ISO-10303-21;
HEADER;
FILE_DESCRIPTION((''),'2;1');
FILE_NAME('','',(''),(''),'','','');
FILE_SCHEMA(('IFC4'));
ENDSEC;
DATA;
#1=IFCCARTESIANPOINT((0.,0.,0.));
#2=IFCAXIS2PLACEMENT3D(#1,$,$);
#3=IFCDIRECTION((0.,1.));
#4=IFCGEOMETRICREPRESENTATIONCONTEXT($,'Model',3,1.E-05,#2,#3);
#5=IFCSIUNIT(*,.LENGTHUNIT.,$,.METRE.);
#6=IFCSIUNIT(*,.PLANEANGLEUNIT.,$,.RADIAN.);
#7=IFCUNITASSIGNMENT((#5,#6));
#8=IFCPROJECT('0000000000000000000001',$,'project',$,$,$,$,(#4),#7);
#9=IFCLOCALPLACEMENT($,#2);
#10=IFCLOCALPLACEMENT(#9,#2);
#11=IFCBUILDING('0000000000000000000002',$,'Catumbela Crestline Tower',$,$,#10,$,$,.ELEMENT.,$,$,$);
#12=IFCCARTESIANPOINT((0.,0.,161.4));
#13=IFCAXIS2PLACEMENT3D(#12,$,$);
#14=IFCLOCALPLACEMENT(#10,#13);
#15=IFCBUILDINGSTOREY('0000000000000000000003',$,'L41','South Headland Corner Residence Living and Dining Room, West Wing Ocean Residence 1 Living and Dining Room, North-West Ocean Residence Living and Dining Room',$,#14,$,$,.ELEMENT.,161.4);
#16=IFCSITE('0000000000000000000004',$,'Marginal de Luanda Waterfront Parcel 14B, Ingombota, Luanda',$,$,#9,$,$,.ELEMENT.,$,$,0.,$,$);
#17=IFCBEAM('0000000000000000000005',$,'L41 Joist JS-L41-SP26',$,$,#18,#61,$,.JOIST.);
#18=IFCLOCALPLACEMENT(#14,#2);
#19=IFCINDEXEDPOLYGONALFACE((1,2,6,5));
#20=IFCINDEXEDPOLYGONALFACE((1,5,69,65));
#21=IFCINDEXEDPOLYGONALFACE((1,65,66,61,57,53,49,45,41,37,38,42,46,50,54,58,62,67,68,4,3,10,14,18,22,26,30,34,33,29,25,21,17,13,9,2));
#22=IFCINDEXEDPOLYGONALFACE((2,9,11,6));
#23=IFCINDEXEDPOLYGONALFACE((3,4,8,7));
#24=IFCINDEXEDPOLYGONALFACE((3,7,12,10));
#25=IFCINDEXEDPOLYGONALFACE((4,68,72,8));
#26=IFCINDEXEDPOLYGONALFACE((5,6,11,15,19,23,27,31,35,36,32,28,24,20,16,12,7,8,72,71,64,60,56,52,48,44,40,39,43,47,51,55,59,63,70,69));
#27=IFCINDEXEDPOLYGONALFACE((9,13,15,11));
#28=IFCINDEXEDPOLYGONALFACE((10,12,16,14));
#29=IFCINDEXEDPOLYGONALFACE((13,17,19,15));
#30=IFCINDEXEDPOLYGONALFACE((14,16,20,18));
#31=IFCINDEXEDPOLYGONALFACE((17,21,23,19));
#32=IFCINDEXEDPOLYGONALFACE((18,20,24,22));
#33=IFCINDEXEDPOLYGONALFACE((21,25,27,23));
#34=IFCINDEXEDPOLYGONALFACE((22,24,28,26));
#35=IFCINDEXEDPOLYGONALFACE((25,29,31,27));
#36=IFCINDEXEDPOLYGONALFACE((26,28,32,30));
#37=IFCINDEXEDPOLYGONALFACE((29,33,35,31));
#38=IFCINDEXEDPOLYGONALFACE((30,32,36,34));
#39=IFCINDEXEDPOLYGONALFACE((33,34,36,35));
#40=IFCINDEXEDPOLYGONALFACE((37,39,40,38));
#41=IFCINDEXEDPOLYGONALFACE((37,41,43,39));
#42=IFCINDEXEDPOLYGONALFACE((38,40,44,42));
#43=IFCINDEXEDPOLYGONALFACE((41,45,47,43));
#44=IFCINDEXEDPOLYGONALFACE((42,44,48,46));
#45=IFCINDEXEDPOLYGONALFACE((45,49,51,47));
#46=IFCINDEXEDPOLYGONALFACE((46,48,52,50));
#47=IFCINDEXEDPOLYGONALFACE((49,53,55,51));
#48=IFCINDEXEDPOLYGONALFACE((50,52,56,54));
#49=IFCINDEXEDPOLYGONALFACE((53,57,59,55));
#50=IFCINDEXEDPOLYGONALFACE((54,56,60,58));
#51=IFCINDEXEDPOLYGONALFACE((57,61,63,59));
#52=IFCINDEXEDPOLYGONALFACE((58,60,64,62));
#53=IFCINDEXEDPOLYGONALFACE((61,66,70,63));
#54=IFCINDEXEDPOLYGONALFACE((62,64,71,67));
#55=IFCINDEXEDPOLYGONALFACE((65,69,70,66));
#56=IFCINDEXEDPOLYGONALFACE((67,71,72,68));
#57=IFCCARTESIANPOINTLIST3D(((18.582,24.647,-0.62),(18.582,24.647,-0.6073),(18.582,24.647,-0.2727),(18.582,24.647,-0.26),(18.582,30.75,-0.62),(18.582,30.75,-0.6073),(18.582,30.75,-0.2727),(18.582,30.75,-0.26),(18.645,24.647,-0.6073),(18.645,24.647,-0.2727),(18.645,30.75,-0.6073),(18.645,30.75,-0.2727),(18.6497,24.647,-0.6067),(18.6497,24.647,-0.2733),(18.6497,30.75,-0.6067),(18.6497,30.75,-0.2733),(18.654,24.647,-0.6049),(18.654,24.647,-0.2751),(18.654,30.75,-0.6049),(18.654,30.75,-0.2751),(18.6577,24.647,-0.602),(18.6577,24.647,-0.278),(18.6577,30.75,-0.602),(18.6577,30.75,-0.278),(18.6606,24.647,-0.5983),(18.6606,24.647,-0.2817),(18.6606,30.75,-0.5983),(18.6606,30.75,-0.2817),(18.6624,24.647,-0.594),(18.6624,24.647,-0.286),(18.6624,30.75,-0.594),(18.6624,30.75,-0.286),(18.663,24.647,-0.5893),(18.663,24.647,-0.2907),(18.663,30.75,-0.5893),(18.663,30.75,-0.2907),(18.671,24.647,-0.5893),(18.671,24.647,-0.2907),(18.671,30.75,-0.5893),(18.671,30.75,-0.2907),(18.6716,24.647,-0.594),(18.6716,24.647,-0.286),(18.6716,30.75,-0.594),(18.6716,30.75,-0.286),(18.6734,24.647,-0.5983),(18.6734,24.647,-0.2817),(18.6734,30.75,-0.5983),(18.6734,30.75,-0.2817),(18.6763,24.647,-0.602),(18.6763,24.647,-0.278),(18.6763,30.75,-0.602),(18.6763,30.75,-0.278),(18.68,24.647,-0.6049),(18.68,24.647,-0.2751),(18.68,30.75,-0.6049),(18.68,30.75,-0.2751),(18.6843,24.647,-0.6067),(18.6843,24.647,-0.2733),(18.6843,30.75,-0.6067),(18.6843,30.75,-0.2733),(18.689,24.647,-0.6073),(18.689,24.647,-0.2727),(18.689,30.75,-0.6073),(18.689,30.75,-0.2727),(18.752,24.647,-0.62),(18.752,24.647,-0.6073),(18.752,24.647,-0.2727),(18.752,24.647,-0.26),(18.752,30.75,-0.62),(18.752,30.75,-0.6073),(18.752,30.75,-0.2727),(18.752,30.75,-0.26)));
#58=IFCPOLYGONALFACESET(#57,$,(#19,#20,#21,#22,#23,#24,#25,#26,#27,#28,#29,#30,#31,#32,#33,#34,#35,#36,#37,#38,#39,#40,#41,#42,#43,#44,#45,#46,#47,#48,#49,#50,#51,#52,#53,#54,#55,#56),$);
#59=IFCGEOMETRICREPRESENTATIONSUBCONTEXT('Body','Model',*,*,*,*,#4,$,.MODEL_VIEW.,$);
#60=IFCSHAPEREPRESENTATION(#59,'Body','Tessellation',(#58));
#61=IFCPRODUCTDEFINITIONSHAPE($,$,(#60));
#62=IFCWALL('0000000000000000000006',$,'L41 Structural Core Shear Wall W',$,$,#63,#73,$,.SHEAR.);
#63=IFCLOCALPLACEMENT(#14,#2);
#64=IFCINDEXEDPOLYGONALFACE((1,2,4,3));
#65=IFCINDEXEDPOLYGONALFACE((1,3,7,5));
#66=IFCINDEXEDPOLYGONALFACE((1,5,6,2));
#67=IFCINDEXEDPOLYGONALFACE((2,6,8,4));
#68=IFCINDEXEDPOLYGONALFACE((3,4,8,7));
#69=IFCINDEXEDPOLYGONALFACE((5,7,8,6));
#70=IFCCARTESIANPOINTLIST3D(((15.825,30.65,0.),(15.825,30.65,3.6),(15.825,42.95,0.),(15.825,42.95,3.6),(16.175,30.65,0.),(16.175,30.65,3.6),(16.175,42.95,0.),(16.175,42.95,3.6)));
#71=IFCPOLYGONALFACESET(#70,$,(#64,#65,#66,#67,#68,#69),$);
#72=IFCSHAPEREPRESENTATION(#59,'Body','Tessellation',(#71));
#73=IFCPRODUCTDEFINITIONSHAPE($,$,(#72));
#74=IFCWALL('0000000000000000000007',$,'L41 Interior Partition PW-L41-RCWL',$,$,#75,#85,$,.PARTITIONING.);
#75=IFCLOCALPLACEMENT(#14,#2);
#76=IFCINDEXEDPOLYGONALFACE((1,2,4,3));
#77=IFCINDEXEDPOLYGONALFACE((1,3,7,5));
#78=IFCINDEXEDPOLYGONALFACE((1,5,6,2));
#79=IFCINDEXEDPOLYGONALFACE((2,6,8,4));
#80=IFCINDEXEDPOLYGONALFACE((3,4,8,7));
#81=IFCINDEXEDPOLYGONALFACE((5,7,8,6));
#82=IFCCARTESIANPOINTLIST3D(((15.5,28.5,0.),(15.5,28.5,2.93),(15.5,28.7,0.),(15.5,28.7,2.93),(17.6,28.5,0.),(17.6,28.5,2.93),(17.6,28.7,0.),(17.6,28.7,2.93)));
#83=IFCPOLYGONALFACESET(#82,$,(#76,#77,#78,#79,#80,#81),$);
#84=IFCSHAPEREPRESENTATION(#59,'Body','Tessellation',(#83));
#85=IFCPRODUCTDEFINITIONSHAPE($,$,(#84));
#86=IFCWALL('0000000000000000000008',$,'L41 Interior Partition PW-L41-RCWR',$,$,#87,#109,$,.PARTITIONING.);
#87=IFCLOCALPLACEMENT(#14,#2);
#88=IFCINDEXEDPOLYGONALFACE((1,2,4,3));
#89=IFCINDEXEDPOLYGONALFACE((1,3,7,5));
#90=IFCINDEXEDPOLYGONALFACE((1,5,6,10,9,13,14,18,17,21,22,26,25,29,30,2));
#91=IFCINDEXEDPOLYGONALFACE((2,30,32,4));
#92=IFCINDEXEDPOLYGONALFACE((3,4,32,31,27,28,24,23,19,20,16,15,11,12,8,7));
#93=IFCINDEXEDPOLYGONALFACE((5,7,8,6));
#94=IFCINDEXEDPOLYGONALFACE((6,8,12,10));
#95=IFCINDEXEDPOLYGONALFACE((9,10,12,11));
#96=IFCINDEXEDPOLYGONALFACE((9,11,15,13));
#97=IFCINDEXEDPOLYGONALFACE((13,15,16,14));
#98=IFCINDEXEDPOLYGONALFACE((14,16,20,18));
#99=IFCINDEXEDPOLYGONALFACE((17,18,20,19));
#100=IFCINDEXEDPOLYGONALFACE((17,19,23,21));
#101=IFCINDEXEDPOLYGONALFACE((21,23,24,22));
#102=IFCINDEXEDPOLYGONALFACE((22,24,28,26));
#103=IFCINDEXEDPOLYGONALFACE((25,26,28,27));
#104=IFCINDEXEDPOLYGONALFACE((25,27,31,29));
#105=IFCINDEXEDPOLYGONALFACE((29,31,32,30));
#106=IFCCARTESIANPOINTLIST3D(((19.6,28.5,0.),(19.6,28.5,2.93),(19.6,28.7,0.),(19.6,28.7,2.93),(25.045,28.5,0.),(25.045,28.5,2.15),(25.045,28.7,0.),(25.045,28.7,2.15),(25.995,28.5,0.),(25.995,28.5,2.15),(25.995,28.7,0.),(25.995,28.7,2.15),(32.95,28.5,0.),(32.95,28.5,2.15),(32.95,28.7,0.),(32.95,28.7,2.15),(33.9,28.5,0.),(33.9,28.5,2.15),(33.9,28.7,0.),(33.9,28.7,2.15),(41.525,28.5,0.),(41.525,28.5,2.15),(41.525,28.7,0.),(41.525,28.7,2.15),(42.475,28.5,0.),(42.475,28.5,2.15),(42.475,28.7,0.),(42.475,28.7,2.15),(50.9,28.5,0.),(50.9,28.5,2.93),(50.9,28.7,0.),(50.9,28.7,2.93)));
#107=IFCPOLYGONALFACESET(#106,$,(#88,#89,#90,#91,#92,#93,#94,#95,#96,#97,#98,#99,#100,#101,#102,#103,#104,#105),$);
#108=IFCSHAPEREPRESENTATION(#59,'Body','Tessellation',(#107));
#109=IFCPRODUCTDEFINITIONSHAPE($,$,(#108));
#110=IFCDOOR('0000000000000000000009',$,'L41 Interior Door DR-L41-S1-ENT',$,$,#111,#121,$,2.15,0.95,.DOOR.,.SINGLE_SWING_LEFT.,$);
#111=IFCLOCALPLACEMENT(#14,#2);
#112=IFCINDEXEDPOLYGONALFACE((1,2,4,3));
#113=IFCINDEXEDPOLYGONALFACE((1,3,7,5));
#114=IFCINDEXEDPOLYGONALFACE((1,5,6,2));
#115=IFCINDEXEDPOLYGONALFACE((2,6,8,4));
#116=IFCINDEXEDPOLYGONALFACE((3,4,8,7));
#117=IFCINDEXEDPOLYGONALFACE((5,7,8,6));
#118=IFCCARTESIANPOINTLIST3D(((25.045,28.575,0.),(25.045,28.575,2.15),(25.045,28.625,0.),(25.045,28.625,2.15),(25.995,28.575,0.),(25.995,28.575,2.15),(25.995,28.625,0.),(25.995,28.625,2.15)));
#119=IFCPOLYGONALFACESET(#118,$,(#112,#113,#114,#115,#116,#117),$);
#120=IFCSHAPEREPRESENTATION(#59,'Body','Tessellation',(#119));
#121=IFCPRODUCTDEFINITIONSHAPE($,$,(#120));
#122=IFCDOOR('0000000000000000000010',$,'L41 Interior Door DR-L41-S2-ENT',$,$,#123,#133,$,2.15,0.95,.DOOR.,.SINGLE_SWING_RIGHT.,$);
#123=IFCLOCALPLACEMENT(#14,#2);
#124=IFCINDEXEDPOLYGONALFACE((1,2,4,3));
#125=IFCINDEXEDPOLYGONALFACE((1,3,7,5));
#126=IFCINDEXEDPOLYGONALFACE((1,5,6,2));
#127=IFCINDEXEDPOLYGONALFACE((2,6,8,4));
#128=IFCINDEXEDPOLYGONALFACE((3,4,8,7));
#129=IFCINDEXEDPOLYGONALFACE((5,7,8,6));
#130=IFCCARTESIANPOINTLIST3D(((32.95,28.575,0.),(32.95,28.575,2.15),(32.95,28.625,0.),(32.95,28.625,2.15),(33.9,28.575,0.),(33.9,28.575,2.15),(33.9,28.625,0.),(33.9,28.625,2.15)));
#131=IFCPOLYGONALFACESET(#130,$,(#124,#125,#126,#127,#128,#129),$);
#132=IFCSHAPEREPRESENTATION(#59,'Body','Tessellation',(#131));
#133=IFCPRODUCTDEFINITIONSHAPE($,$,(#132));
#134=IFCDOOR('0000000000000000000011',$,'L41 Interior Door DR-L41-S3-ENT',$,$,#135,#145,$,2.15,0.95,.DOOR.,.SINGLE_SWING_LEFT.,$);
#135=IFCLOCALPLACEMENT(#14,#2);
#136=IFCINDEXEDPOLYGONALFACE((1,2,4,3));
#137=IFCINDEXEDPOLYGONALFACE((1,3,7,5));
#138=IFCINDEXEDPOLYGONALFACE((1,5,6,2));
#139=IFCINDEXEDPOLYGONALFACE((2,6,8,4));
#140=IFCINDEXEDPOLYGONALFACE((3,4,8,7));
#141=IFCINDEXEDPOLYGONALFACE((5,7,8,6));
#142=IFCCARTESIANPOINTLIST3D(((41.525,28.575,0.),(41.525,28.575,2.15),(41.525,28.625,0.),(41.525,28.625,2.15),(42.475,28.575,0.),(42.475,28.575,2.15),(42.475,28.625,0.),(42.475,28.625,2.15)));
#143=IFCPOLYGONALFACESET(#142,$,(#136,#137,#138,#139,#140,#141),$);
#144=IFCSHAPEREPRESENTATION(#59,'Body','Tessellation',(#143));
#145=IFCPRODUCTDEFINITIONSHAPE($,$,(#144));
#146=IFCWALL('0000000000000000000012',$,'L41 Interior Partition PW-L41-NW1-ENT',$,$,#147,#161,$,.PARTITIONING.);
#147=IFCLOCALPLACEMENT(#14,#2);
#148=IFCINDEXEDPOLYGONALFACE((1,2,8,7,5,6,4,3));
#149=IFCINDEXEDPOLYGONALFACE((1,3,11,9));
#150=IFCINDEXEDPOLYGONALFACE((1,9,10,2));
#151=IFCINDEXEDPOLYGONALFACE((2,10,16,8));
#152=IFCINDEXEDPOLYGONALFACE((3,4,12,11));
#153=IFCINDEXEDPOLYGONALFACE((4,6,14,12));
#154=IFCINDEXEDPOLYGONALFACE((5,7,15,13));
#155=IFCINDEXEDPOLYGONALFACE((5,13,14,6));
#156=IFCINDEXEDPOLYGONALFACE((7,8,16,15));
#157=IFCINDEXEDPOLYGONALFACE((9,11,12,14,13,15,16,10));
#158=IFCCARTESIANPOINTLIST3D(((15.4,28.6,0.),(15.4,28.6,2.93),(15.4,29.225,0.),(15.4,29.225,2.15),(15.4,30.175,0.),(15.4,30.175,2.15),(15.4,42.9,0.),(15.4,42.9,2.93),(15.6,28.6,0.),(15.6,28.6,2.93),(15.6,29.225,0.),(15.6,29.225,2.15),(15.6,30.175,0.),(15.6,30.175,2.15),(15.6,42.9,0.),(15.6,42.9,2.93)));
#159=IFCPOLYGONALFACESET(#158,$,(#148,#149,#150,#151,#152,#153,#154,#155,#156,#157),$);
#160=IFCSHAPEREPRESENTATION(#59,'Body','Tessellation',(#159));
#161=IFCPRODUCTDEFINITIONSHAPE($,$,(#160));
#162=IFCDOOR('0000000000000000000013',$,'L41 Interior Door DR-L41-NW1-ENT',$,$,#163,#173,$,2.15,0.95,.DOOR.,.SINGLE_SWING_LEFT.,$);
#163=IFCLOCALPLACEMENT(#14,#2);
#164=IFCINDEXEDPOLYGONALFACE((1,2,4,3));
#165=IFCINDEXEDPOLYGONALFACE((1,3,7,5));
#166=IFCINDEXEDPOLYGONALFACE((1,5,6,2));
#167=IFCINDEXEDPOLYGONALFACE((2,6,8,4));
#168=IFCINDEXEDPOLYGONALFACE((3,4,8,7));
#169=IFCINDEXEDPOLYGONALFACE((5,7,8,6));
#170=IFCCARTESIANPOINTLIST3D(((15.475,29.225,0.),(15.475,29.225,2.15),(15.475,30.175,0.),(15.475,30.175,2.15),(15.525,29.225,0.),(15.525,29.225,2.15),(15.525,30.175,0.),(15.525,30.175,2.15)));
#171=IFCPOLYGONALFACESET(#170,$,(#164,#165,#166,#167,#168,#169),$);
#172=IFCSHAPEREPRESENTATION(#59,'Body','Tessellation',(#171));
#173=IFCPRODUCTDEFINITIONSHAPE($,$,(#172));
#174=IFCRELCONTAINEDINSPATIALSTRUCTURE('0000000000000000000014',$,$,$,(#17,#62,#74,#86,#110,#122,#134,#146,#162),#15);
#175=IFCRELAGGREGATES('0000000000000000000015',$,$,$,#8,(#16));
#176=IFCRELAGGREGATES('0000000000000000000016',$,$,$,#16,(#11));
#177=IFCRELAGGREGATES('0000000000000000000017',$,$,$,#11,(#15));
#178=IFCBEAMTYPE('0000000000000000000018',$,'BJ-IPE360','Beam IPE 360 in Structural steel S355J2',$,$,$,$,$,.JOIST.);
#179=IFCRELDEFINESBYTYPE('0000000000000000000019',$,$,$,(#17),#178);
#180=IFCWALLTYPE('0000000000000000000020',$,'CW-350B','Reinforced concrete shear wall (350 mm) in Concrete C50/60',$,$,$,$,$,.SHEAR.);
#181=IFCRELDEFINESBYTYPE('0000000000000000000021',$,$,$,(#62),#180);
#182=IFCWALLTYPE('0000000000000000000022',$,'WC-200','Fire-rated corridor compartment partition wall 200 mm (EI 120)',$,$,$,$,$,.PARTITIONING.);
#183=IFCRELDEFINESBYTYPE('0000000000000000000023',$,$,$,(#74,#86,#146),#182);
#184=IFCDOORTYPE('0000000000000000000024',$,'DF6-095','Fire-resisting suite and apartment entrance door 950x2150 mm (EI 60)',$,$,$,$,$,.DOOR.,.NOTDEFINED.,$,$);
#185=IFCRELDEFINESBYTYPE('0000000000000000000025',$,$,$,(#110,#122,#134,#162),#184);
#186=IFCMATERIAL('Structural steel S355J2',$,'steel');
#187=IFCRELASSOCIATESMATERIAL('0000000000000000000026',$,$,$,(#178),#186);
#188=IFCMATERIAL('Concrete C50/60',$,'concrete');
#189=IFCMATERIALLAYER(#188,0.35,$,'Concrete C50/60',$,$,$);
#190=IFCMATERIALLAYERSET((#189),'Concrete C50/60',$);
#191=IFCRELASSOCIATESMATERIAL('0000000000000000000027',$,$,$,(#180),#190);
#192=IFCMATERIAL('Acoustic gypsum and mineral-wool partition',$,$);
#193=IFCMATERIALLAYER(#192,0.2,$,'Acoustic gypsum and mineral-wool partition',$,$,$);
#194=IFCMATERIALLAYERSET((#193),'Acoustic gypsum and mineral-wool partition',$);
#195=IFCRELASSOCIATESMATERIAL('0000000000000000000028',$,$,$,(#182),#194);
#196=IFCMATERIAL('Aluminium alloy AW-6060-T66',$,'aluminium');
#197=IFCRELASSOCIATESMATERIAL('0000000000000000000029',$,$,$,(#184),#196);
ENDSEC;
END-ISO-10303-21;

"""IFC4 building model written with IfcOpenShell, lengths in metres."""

from ifc_helpers import new_model, si_unit, direction, frame, frame_2d, origin, origin_2d, place, context, subcontext, project, spatial, rectangle, i_section, extrude, material, layer, layer_set, material_profile, profile_set, type_object, element, fill, save


model = new_model("IFC4")

# Units and contexts
model_context = context("Model", 3, precision=1e-05, world=origin(), true_north=direction((0.0, 1.0)))
body_context = subcontext(model_context, "Body", "Model", "MODEL_VIEW")
ifc_project = project(units=[si_unit("LENGTHUNIT", "METRE"), si_unit("PLANEANGLEUNIT", "RADIAN")], contexts=[model_context])

# Site, building, storey
site_placement = place(None, origin())
site = spatial("IfcSite", under=ifc_project, at=site_placement, Name="Marginal de Luanda Waterfront Parcel 14B, Ingombota, Luanda", CompositionType="ELEMENT", RefElevation=0.0)
building_placement = place(site_placement, origin())
building = spatial("IfcBuilding", under=site, at=building_placement, Name="Catumbela Crestline Tower", CompositionType="ELEMENT")
storey_placement = place(building_placement, frame((0.0, 0.0, 161.4)))
storey = spatial("IfcBuildingStorey", under=building, at=storey_placement, Name="L41", Description="South Headland Corner Residence Living and Dining Room, West Wing Ocean Residence 1 Living and Dining Room, North-West Ocean Residence Living and Dining Room", CompositionType="ELEMENT", Elevation=161.4)

# Shared definitions
ifc_material_1 = material(Name="Concrete C50/60", Category="concrete")

# Beam
ifc_material_2 = material(Name="Structural steel S355J2", Category="steel")
ifc_material_profile_1 = material_profile(ifc_material_2, i_section(OverallWidth=0.17, OverallDepth=0.36, WebThickness=0.008, FlangeThickness=0.0127, FilletRadius=0.018, at=origin_2d()), Name="IPE 360")
ifc_profile_set_1 = profile_set([ifc_material_profile_1], Name="Structural steel S355J2")
beam_type_1 = type_object("IfcBeamType", Name="BJ-IPE360", Description="Beam IPE 360 in Structural steel S355J2", PredefinedType="JOIST", material=ifc_profile_set_1)
beam_1_placement = place(storey_placement, frame((18.667, 24.647, -0.44), z_axis=(0.0, 1.0, 0.0), x_axis=(-1.0, 0.0, 0.0)))
element("IfcBeam", 1, at=beam_1_placement, inside=storey, type_object=beam_type_1, Name="L41 Joist JS-L41-SP26", PredefinedType="JOIST", context=body_context, shape_type="SweptSolid", body=[
    extrude(i_section(OverallWidth=0.17, OverallDepth=0.36, WebThickness=0.008, FlangeThickness=0.0127, FilletRadius=0.018, at=origin_2d()), origin(), (0.0, 0.0, 1.0), 6.103),
])

# Walls
ifc_layer_1 = layer(ifc_material_1, 0.35, Name="Concrete C50/60")
ifc_layer_set_1 = layer_set([ifc_layer_1], Name="Concrete C50/60")
wall_type_1 = type_object("IfcWallType", Name="CW-350B", Description="Reinforced concrete shear wall (350 mm) in Concrete C50/60", PredefinedType="SHEAR", material=ifc_layer_set_1)
wall_1_placement = place(storey_placement, frame((16.0, 30.65, 0.0), z_axis=(0.0, 0.0, 1.0), x_axis=(0.0, 1.0, 0.0)))
element("IfcWall", 2, at=wall_1_placement, inside=storey, type_object=wall_type_1, Name="L41 Structural Core Shear Wall W", PredefinedType="SHEAR", context=body_context, shape_type="SweptSolid", body=[
    extrude(rectangle(XDim=12.3, YDim=0.35, at=frame_2d((6.15, 0.0))), origin(), (0.0, 0.0, 1.0), 3.6),
])
ifc_material_3 = material(Name="Acoustic gypsum and mineral-wool partition")
ifc_layer_2 = layer(ifc_material_3, 0.2, Name="Acoustic gypsum and mineral-wool partition")
ifc_layer_set_2 = layer_set([ifc_layer_2], Name="Acoustic gypsum and mineral-wool partition")
wall_type_2 = type_object("IfcWallType", Name="WC-200", Description="Fire-rated corridor compartment partition wall 200 mm (EI 120)", PredefinedType="PARTITIONING", material=ifc_layer_set_2)
wall_2_placement = place(storey_placement, frame((15.5, 28.6, 0.0), z_axis=(0.0, 0.0, 1.0), x_axis=(1.0, 0.0, 0.0)))
element("IfcWall", 3, at=wall_2_placement, inside=storey, type_object=wall_type_2, Name="L41 Interior Partition PW-L41-RCWL", PredefinedType="PARTITIONING", context=body_context, shape_type="SweptSolid", body=[
    extrude(rectangle(XDim=2.1, YDim=0.2, at=frame_2d((1.05, 0.0))), origin(), (0.0, 0.0, 1.0), 2.93),
])

# Wall, openings, doors
wall_3_placement = place(storey_placement, frame((19.6, 28.6, 0.0), z_axis=(0.0, 0.0, 1.0), x_axis=(1.0, 0.0, 0.0)))
wall_3 = element("IfcWall", 4, at=wall_3_placement, inside=storey, type_object=wall_type_2, Name="L41 Interior Partition PW-L41-RCWR", PredefinedType="PARTITIONING", context=body_context, shape_type="SweptSolid", body=[
    extrude(rectangle(XDim=31.3, YDim=0.2, at=frame_2d((15.65, 0.0))), origin(), (0.0, 0.0, 1.0), 2.93),
])
opening_1_placement = place(wall_3_placement, frame((5.445, 0.0, 0.0)))
opening_1 = element("IfcOpeningElement", 5, at=opening_1_placement, cuts=wall_3, PredefinedType="OPENING", context=body_context, shape_type="SweptSolid", body=[
    extrude(rectangle(XDim=0.95, YDim=2.15, at=frame_2d((0.475, 1.075))), frame((0.0, 0.11, 0.0), z_axis=(0.0, -1.0, 0.0), x_axis=(1.0, 0.0, 0.0)), (0.0, 0.0, 1.0), 0.22),
])
opening_2_placement = place(wall_3_placement, frame((13.35, 0.0, 0.0)))
opening_2 = element("IfcOpeningElement", 6, at=opening_2_placement, cuts=wall_3, PredefinedType="OPENING", context=body_context, shape_type="SweptSolid", body=[
    extrude(rectangle(XDim=0.95, YDim=2.15, at=frame_2d((0.475, 1.075))), frame((0.0, 0.11, 0.0), z_axis=(0.0, -1.0, 0.0), x_axis=(1.0, 0.0, 0.0)), (0.0, 0.0, 1.0), 0.22),
])
opening_3_placement = place(wall_3_placement, frame((21.925, 0.0, 0.0)))
opening_3 = element("IfcOpeningElement", 7, at=opening_3_placement, cuts=wall_3, PredefinedType="OPENING", context=body_context, shape_type="SweptSolid", body=[
    extrude(rectangle(XDim=0.95, YDim=2.15, at=frame_2d((0.475, 1.075))), frame((0.0, 0.11, 0.0), z_axis=(0.0, -1.0, 0.0), x_axis=(1.0, 0.0, 0.0)), (0.0, 0.0, 1.0), 0.22),
])
ifc_material_4 = material(Name="Aluminium alloy AW-6060-T66", Category="aluminium")
door_type_1 = type_object("IfcDoorType", Name="DF6-095", Description="Fire-resisting suite and apartment entrance door 950x2150 mm (EI 60)", OperationType="NOTDEFINED", PredefinedType="DOOR", material=ifc_material_4)
door_1_placement = place(opening_1_placement, origin())
door_1 = element("IfcDoor", 8, at=door_1_placement, inside=storey, type_object=door_type_1, Name="L41 Interior Door DR-L41-S1-ENT", OperationType="SINGLE_SWING_LEFT", OverallHeight=2.15, OverallWidth=0.95, PredefinedType="DOOR", context=body_context, shape_type="SweptSolid", body=[
    extrude(rectangle(XDim=0.95, YDim=2.15, at=frame_2d((0.475, 1.075))), frame((0.0, 0.025, 0.0), z_axis=(0.0, -1.0, 0.0), x_axis=(1.0, 0.0, 0.0)), (0.0, 0.0, 1.0), 0.05),
])
fill(opening_1, door_1)
door_2_placement = place(opening_2_placement, origin())
door_2 = element("IfcDoor", 9, at=door_2_placement, inside=storey, type_object=door_type_1, Name="L41 Interior Door DR-L41-S2-ENT", OperationType="SINGLE_SWING_RIGHT", OverallHeight=2.15, OverallWidth=0.95, PredefinedType="DOOR", context=body_context, shape_type="SweptSolid", body=[
    extrude(rectangle(XDim=0.95, YDim=2.15, at=frame_2d((0.475, 1.075))), frame((0.0, 0.025, 0.0), z_axis=(0.0, -1.0, 0.0), x_axis=(1.0, 0.0, 0.0)), (0.0, 0.0, 1.0), 0.05),
])
fill(opening_2, door_2)
door_3_placement = place(opening_3_placement, origin())
door_3 = element("IfcDoor", 10, at=door_3_placement, inside=storey, type_object=door_type_1, Name="L41 Interior Door DR-L41-S3-ENT", OperationType="SINGLE_SWING_LEFT", OverallHeight=2.15, OverallWidth=0.95, PredefinedType="DOOR", context=body_context, shape_type="SweptSolid", body=[
    extrude(rectangle(XDim=0.95, YDim=2.15, at=frame_2d((0.475, 1.075))), frame((0.0, 0.025, 0.0), z_axis=(0.0, -1.0, 0.0), x_axis=(1.0, 0.0, 0.0)), (0.0, 0.0, 1.0), 0.05),
])
fill(opening_3, door_3)

# Wall, opening, door
wall_4_placement = place(storey_placement, frame((15.5, 28.6, 0.0), z_axis=(0.0, 0.0, 1.0), x_axis=(0.0, 1.0, 0.0)))
wall_4 = element("IfcWall", 11, at=wall_4_placement, inside=storey, type_object=wall_type_2, Name="L41 Interior Partition PW-L41-NW1-ENT", PredefinedType="PARTITIONING", context=body_context, shape_type="SweptSolid", body=[
    extrude(rectangle(XDim=14.3, YDim=0.2, at=frame_2d((7.15, 0.0))), origin(), (0.0, 0.0, 1.0), 2.93),
])
opening_4_placement = place(wall_4_placement, frame((0.625, 0.0, 0.0)))
opening_4 = element("IfcOpeningElement", 12, at=opening_4_placement, cuts=wall_4, PredefinedType="OPENING", context=body_context, shape_type="SweptSolid", body=[
    extrude(rectangle(XDim=0.95, YDim=2.15, at=frame_2d((0.475, 1.075))), frame((0.0, 0.11, 0.0), z_axis=(0.0, -1.0, 0.0), x_axis=(1.0, 0.0, 0.0)), (0.0, 0.0, 1.0), 0.22),
])
door_4_placement = place(opening_4_placement, origin())
door_4 = element("IfcDoor", 13, at=door_4_placement, inside=storey, type_object=door_type_1, Name="L41 Interior Door DR-L41-NW1-ENT", OperationType="SINGLE_SWING_LEFT", OverallHeight=2.15, OverallWidth=0.95, PredefinedType="DOOR", context=body_context, shape_type="SweptSolid", body=[
    extrude(rectangle(XDim=0.95, YDim=2.15, at=frame_2d((0.475, 1.075))), frame((0.0, 0.025, 0.0), z_axis=(0.0, -1.0, 0.0), x_axis=(1.0, 0.0, 0.0)), (0.0, 0.0, 1.0), 0.05),
])
fill(opening_4, door_4)

save(model, "model.ifc")
